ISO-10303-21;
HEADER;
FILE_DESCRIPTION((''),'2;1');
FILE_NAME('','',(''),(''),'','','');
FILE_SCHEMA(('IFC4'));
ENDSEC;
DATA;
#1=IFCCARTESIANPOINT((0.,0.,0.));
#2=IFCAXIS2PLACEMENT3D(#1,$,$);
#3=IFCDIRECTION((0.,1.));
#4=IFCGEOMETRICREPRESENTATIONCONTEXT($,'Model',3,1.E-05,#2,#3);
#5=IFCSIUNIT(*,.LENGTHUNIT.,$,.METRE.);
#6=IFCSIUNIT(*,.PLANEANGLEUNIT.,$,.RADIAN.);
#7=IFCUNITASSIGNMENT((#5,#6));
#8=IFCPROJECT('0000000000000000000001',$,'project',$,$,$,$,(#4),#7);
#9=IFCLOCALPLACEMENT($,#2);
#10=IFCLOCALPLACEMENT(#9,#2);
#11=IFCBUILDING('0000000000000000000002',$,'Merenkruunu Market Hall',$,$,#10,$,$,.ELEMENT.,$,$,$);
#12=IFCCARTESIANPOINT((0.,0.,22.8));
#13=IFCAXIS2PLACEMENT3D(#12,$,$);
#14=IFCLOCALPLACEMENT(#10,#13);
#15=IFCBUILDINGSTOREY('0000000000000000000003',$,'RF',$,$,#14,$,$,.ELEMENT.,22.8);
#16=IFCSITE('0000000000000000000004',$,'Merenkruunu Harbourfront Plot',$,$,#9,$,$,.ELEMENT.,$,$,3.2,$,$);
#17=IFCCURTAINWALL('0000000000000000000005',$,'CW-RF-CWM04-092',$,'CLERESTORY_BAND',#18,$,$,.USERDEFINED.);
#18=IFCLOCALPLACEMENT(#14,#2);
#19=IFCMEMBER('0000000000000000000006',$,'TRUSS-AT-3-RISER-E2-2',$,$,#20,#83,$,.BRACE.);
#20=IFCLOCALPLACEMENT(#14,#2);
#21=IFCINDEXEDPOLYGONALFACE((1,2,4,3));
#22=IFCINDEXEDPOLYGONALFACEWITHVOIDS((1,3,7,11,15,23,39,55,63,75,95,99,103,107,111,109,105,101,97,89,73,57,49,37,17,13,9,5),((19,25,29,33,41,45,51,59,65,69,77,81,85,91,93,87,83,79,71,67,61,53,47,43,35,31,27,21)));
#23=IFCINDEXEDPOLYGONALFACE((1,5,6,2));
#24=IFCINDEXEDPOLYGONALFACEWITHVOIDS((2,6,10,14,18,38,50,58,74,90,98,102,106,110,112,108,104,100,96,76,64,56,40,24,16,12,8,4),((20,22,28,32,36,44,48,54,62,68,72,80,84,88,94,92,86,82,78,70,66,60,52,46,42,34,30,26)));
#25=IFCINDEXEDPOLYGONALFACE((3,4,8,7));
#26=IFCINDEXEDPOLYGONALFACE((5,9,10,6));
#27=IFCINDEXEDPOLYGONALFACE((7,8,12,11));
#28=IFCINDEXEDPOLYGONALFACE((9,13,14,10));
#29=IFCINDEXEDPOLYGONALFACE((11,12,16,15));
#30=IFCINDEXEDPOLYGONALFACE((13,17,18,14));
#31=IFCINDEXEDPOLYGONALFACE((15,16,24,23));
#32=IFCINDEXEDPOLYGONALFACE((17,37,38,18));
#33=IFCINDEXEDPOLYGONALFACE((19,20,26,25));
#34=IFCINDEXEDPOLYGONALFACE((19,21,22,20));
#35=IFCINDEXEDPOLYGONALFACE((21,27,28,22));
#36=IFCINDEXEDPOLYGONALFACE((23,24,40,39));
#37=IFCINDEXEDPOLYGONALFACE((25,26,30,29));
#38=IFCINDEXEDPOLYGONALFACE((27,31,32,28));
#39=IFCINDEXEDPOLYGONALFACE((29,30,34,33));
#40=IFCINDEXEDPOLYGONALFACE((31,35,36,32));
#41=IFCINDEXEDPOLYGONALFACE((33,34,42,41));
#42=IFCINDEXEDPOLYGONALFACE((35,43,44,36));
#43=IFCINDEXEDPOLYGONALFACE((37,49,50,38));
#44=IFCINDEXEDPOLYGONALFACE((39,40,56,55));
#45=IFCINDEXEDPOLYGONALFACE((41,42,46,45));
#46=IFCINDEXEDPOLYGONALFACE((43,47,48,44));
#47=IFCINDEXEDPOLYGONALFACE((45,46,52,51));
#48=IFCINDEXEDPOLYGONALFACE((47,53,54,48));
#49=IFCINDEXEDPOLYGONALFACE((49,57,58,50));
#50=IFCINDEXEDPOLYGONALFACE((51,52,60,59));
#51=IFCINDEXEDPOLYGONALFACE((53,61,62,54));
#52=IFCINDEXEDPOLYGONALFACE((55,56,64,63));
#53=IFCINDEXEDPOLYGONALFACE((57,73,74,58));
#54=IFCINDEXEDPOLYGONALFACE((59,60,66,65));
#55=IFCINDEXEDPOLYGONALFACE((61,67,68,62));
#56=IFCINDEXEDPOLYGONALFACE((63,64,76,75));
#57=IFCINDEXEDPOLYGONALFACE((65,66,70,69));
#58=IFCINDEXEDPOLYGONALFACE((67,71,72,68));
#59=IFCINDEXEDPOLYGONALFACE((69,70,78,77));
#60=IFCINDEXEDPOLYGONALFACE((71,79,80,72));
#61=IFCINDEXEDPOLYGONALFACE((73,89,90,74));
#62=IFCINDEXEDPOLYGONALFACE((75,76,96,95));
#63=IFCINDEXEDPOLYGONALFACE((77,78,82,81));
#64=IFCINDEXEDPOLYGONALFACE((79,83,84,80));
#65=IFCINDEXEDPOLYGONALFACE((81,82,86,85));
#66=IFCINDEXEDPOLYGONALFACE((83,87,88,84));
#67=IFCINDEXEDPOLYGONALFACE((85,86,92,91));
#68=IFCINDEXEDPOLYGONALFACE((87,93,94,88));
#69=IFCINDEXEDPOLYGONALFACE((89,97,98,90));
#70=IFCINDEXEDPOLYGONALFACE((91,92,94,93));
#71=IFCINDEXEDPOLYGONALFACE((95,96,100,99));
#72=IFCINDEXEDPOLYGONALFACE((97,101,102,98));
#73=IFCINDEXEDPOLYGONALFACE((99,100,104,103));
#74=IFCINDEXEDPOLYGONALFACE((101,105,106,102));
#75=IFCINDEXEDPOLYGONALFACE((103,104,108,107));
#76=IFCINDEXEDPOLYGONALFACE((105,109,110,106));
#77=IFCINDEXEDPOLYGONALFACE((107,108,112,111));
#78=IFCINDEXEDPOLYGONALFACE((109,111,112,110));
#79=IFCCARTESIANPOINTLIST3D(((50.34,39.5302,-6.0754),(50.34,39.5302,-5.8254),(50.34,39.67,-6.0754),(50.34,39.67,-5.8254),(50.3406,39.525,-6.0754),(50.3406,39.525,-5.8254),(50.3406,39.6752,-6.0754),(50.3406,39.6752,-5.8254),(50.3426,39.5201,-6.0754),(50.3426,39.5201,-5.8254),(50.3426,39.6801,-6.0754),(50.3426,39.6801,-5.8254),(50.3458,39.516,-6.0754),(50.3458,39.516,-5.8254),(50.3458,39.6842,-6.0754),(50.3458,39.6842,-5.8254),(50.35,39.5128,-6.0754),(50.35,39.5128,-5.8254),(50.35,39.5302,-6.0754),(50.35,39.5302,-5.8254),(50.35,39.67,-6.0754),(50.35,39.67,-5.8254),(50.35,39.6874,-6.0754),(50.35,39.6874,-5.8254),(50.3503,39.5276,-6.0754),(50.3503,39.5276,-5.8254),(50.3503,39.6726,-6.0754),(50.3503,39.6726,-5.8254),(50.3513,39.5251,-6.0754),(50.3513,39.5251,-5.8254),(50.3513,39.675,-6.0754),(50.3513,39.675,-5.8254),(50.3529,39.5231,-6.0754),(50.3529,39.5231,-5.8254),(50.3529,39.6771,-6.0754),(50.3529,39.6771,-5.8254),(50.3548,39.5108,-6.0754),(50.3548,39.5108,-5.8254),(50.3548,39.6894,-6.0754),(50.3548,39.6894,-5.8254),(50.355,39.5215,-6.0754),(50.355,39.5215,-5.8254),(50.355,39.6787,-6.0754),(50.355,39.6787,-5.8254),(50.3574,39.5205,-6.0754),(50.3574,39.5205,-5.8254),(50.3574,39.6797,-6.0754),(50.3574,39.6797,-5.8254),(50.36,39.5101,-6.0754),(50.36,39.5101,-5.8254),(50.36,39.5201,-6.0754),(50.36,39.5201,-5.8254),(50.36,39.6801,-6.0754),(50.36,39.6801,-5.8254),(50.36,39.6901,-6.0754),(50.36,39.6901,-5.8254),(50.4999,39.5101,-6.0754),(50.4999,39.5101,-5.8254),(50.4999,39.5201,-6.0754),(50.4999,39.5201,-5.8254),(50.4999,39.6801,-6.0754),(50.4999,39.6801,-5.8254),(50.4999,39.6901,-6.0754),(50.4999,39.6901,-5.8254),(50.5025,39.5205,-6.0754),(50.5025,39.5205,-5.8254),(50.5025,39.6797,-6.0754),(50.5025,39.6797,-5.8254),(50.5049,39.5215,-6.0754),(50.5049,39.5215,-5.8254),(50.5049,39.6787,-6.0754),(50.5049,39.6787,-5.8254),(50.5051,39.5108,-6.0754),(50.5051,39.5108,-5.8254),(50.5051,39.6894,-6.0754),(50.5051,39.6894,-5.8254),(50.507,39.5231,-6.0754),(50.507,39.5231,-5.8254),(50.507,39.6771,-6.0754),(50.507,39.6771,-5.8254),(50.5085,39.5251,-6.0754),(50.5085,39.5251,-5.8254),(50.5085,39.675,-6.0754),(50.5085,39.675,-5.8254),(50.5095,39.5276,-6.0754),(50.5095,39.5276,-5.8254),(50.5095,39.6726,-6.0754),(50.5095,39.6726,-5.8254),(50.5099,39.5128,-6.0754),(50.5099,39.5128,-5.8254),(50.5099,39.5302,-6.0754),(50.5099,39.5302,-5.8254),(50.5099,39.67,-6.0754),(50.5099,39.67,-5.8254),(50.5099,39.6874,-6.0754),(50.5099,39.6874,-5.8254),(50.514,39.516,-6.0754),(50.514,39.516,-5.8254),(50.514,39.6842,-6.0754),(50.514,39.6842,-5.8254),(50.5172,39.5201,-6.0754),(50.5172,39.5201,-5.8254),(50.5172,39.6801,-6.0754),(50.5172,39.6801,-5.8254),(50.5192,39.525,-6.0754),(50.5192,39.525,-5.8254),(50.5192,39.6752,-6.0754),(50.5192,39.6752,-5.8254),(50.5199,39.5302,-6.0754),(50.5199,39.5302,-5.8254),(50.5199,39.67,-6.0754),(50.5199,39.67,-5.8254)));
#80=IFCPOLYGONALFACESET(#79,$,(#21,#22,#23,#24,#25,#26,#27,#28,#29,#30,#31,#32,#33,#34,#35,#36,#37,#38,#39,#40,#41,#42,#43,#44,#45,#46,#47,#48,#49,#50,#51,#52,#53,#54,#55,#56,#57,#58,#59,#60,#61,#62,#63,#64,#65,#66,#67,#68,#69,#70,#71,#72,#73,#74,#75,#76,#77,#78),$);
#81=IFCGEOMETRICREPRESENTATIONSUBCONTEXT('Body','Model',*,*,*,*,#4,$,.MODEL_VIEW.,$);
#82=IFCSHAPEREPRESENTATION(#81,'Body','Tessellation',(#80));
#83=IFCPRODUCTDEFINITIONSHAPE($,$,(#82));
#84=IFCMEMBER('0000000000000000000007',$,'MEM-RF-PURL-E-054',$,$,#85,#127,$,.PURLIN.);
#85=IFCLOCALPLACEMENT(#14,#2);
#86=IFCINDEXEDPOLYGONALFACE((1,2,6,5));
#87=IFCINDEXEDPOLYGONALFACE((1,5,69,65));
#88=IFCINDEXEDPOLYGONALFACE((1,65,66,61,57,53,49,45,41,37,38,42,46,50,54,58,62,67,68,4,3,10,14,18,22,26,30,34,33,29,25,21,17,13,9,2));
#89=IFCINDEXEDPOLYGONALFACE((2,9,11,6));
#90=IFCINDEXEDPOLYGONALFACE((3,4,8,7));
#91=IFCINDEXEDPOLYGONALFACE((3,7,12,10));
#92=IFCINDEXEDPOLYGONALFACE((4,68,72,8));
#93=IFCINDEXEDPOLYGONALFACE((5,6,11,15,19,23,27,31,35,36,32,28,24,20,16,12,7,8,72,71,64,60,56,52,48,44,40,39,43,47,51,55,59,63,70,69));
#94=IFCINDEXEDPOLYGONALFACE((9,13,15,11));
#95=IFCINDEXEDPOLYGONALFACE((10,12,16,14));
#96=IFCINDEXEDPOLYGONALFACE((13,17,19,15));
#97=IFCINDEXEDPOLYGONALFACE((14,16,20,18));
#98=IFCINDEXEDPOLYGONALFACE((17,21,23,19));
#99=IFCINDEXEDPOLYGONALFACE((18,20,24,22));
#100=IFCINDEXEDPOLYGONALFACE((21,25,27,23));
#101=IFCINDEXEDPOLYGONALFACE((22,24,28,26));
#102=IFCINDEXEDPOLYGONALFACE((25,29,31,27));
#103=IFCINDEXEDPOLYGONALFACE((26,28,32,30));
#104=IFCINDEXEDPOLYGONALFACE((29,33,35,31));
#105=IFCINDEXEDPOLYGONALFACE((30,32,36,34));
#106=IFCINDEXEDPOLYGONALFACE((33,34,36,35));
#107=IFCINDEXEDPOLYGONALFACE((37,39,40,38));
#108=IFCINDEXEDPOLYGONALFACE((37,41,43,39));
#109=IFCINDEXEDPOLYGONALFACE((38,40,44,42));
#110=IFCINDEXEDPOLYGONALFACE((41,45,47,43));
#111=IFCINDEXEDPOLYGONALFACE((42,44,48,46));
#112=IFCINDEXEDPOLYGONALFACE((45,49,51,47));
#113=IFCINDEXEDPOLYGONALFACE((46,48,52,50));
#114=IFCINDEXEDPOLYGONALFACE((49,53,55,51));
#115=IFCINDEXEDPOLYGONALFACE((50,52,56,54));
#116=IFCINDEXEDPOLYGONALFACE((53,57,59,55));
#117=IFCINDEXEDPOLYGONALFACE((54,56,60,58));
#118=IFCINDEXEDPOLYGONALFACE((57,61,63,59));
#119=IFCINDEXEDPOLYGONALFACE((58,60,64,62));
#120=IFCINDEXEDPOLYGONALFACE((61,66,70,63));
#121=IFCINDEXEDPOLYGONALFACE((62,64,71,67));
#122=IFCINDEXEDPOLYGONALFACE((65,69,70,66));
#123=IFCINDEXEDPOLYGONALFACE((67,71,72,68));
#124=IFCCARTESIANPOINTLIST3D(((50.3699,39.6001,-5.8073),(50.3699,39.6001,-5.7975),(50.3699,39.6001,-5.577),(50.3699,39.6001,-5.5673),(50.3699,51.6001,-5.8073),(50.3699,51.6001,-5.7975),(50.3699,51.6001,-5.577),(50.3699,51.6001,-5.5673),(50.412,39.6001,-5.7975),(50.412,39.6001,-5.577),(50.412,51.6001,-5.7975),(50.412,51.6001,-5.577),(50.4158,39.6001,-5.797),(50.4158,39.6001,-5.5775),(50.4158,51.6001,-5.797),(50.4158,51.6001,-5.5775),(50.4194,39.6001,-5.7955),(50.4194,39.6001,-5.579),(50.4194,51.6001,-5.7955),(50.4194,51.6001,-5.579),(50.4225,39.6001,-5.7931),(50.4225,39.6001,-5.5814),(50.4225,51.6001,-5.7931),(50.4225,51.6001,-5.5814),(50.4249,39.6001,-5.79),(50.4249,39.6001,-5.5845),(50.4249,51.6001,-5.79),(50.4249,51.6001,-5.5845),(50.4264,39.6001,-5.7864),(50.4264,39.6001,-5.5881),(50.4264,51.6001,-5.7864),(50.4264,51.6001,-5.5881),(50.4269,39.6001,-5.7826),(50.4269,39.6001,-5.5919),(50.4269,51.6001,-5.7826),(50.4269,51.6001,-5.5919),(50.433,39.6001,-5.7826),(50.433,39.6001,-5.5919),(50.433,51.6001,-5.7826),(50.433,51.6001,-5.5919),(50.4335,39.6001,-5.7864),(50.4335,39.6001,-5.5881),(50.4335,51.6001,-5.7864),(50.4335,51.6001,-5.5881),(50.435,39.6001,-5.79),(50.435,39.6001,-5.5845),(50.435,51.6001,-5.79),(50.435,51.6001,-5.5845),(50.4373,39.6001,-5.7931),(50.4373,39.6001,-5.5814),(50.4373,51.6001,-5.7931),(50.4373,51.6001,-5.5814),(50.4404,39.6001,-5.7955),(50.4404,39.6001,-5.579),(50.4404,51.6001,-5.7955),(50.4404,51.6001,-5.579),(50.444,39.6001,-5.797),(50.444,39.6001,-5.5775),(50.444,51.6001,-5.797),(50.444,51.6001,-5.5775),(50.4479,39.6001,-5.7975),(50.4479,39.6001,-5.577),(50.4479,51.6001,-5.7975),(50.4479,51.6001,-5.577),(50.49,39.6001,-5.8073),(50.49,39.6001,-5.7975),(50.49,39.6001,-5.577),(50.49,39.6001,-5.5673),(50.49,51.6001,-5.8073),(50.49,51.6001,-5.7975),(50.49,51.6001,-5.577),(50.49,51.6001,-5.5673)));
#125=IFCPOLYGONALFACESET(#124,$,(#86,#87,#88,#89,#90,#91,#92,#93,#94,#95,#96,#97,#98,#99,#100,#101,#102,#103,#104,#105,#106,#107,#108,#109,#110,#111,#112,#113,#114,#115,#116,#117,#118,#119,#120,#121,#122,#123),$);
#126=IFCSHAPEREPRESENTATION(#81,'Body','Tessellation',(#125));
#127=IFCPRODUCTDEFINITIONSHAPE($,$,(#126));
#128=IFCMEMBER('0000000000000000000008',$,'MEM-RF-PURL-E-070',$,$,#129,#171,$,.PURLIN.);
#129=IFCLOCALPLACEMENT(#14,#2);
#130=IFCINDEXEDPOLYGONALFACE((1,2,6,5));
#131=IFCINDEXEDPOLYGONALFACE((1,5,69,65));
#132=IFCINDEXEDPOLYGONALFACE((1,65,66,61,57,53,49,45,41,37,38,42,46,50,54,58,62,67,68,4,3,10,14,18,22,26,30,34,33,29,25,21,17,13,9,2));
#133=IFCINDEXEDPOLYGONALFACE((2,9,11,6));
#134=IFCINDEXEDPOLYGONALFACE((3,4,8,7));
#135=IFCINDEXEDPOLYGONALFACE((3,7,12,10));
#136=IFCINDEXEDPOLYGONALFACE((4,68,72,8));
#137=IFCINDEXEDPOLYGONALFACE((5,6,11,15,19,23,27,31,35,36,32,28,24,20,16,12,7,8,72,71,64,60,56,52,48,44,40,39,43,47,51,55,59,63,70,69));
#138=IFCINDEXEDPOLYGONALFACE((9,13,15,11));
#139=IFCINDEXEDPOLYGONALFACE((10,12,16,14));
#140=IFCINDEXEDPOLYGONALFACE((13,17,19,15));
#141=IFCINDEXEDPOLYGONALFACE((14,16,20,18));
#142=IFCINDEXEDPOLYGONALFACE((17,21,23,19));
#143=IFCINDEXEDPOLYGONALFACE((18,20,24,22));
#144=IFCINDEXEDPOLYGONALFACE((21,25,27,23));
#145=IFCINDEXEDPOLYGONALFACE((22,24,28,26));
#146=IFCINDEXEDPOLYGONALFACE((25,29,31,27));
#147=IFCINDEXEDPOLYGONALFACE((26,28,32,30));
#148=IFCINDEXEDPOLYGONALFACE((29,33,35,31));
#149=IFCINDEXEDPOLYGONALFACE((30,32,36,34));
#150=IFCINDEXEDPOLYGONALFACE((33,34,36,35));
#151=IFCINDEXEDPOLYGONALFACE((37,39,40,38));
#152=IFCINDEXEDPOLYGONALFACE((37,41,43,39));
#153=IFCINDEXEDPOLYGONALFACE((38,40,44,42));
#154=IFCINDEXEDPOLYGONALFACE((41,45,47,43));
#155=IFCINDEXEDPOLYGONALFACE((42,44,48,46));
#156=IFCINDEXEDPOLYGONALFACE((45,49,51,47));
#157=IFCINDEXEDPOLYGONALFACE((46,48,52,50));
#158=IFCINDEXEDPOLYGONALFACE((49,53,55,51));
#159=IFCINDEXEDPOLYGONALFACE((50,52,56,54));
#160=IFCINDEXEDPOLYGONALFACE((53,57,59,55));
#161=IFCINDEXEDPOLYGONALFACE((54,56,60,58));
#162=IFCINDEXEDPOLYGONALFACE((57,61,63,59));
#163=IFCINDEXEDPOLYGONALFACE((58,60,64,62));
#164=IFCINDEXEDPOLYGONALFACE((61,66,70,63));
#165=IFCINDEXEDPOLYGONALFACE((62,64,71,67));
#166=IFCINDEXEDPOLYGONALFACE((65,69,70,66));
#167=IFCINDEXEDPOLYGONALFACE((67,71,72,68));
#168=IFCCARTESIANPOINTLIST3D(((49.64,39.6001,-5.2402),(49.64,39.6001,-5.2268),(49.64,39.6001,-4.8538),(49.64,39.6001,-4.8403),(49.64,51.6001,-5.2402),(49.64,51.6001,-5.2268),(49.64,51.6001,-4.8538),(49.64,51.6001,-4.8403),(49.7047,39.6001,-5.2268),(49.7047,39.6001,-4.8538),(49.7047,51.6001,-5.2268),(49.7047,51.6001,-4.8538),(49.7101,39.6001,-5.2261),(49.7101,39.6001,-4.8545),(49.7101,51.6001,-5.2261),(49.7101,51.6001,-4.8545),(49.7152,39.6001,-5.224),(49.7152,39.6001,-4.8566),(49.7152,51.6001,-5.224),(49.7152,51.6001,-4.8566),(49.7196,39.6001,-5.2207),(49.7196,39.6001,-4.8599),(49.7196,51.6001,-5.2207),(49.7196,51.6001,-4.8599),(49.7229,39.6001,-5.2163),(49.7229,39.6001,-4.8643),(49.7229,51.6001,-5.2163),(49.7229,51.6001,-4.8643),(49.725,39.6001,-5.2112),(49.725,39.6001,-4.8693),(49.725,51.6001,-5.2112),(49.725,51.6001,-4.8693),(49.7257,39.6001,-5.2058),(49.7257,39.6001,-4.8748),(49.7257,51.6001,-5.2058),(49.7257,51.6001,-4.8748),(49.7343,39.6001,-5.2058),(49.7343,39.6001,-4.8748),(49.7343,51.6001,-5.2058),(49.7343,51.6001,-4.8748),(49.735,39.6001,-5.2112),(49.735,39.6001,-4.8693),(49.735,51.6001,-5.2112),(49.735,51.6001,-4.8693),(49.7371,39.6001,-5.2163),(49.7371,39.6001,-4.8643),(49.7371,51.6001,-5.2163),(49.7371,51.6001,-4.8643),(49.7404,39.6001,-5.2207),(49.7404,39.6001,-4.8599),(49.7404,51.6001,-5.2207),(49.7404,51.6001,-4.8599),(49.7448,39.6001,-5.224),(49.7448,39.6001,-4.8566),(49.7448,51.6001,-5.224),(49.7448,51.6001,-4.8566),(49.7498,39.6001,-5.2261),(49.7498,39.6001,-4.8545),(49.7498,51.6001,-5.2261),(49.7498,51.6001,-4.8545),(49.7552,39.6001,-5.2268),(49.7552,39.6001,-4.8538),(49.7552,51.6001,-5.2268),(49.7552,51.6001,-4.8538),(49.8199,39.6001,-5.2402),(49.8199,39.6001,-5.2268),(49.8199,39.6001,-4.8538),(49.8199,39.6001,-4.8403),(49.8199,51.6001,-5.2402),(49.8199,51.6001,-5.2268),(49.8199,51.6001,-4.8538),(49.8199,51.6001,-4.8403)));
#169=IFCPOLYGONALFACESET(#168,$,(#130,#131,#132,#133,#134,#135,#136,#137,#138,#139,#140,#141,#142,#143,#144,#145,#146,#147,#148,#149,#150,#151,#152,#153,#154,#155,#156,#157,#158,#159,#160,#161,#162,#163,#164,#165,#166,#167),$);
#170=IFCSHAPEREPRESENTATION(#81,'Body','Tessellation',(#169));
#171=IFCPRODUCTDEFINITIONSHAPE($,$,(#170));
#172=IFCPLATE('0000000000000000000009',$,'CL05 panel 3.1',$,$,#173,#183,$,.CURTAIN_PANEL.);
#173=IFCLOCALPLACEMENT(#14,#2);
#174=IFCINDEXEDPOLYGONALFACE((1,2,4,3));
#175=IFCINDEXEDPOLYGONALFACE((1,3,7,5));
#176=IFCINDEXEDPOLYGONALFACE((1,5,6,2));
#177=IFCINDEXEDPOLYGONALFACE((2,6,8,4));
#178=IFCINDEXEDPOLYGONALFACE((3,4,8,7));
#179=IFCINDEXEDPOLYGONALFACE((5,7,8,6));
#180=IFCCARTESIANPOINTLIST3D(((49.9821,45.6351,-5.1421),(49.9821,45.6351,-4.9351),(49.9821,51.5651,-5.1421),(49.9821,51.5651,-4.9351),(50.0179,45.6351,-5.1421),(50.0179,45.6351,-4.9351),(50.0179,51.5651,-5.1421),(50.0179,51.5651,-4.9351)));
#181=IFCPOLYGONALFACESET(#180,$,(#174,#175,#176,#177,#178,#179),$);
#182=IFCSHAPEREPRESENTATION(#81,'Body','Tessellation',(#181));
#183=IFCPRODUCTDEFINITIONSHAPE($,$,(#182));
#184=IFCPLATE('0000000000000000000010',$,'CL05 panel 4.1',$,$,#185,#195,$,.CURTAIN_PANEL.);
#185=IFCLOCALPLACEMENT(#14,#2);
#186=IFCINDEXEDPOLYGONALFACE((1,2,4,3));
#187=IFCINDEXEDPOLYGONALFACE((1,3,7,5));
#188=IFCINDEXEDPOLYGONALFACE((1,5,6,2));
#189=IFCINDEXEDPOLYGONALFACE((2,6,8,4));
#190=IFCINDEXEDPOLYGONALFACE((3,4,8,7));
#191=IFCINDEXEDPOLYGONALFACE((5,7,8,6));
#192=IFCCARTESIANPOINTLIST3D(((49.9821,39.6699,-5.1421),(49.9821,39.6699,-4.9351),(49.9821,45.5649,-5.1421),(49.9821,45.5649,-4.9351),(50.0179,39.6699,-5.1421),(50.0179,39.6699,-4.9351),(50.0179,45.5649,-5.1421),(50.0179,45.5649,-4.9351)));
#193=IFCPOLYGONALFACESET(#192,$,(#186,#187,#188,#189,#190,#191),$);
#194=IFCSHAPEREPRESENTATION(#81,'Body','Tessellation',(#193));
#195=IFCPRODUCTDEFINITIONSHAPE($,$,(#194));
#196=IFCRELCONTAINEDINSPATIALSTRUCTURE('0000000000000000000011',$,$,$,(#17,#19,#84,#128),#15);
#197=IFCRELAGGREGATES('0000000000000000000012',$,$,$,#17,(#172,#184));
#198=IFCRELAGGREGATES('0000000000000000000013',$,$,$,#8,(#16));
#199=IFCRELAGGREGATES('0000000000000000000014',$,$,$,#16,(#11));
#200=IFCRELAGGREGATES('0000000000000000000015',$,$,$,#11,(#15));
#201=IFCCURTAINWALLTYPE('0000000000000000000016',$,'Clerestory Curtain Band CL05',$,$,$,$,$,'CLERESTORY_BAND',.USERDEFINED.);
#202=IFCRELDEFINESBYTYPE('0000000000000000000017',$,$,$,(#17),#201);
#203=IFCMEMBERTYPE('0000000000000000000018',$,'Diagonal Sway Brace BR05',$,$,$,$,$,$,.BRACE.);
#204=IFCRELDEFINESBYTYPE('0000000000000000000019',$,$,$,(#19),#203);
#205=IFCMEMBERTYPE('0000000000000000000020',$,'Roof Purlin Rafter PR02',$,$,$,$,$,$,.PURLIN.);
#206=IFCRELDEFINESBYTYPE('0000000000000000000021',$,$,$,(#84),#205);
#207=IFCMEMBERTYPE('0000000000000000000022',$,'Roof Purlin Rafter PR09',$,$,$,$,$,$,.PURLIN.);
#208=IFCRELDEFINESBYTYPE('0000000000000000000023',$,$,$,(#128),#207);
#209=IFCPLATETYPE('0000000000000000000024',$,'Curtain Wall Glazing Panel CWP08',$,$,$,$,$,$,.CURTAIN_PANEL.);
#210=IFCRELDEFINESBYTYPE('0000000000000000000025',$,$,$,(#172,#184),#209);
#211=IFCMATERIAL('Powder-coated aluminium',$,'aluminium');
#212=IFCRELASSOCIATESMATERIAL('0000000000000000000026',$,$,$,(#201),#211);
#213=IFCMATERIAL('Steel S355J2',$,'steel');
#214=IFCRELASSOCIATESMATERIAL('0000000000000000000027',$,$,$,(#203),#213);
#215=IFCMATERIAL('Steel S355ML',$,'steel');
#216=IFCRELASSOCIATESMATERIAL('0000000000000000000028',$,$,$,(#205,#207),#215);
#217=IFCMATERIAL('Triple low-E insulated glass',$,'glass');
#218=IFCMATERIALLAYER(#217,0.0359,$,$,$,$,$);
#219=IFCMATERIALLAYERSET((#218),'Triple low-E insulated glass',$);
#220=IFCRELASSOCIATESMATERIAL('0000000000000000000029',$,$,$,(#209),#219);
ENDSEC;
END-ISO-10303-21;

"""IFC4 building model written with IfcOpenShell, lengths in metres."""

from ifc_helpers import new_model, si_unit, direction, frame, origin, origin_2d, place, context, subcontext, project, spatial, rectangle, hollow_rectangle, i_section, extrude, material, layer, layer_set, material_profile, profile_set, type_object, element, aggregate, save


model = new_model("IFC4")

# Units and contexts
model_context = context("Model", 3, precision=1e-05, world=origin(), true_north=direction((0.0, 1.0)))
body_context = subcontext(model_context, "Body", "Model", "MODEL_VIEW")
ifc_project = project(units=[si_unit("LENGTHUNIT", "METRE"), si_unit("PLANEANGLEUNIT", "RADIAN")], contexts=[model_context])

# Site, building, storey
site_placement = place(None, origin())
site = spatial("IfcSite", under=ifc_project, at=site_placement, Name="Merenkruunu Harbourfront Plot", CompositionType="ELEMENT", RefElevation=3.2)
building_placement = place(site_placement, origin())
building = spatial("IfcBuilding", under=site, at=building_placement, Name="Merenkruunu Market Hall", CompositionType="ELEMENT")
storey_placement = place(building_placement, frame((0.0, 0.0, 22.8)))
storey = spatial("IfcBuildingStorey", under=building, at=storey_placement, Name="RF", CompositionType="ELEMENT", Elevation=22.8)

# Shared definitions
ifc_material_1 = material(Name="Steel S355ML", Category="steel")

# Curtain wall
ifc_material_2 = material(Name="Powder-coated aluminium", Category="aluminium")
curtain_wall_type = type_object("IfcCurtainWallType", Name="Clerestory Curtain Band CL05", ElementType="CLERESTORY_BAND", PredefinedType="USERDEFINED", material=ifc_material_2)
curtain_wall_1_placement = place(storey_placement, origin())
curtain_wall_1 = element("IfcCurtainWall", 1, at=curtain_wall_1_placement, inside=storey, type_object=curtain_wall_type, Name="CW-RF-CWM04-092", ObjectType="CLERESTORY_BAND", PredefinedType="USERDEFINED")

# Members
ifc_material_3 = material(Name="Steel S355J2", Category="steel")
ifc_material_profile_1 = material_profile(ifc_material_3, hollow_rectangle(XDim=0.1799, YDim=0.1799, WallThickness=0.01, InnerFilletRadius=0.01, OuterFilletRadius=0.02, at=origin_2d()), Name="SHS 180x180x10")
ifc_profile_set_1 = profile_set([ifc_material_profile_1], Name="Steel S355J2")
member_type_1 = type_object("IfcMemberType", Name="Diagonal Sway Brace BR05", PredefinedType="BRACE", material=ifc_profile_set_1)
member_1_placement = place(storey_placement, frame((50.4299, 39.6001, -6.0754), z_axis=(0.0, 0.0, 1.0), x_axis=(1.0, 0.0, 0.0)))
element("IfcMember", 2, at=member_1_placement, inside=storey, type_object=member_type_1, Name="TRUSS-AT-3-RISER-E2-2", PredefinedType="BRACE", context=body_context, shape_type="SweptSolid", body=[
    extrude(hollow_rectangle(XDim=0.1799, YDim=0.1799, WallThickness=0.01, InnerFilletRadius=0.01, OuterFilletRadius=0.02, at=origin_2d()), origin(), (0.0, 0.0, 1.0), 0.25),
])
ifc_material_profile_2 = material_profile(ifc_material_1, i_section(OverallWidth=0.1201, OverallDepth=0.24, WebThickness=0.0061, FlangeThickness=0.0098, FilletRadius=0.0149, at=origin_2d()), Name="IPE 240")
ifc_profile_set_2 = profile_set([ifc_material_profile_2], Name="Steel S355ML")
member_type_2 = type_object("IfcMemberType", Name="Roof Purlin Rafter PR02", PredefinedType="PURLIN", material=ifc_profile_set_2)
member_2_placement = place(storey_placement, frame((50.4299, 39.6001, -5.6873), z_axis=(0.0, 1.0, 0.0), x_axis=(-1.0, 0.0, 0.0)))
element("IfcMember", 3, at=member_2_placement, inside=storey, type_object=member_type_2, Name="MEM-RF-PURL-E-054", PredefinedType="PURLIN", context=body_context, shape_type="SweptSolid", body=[
    extrude(i_section(OverallWidth=0.1201, OverallDepth=0.24, WebThickness=0.0061, FlangeThickness=0.0098, FilletRadius=0.0149, at=origin_2d()), origin(), (0.0, 0.0, 1.0), 12.0),
])
ifc_material_profile_3 = material_profile(ifc_material_1, i_section(OverallWidth=0.1799, OverallDepth=0.3999, WebThickness=0.0085, FlangeThickness=0.0134, FilletRadius=0.021, at=origin_2d()), Name="IPE 400")
ifc_profile_set_3 = profile_set([ifc_material_profile_3], Name="Steel S355ML")
member_type_3 = type_object("IfcMemberType", Name="Roof Purlin Rafter PR09", PredefinedType="PURLIN", material=ifc_profile_set_3)
member_3_placement = place(storey_placement, frame((49.73, 39.6001, -5.0403), z_axis=(0.0, 1.0, 0.0), x_axis=(-1.0, 0.0, 0.0)))
element("IfcMember", 4, at=member_3_placement, inside=storey, type_object=member_type_3, Name="MEM-RF-PURL-E-070", PredefinedType="PURLIN", context=body_context, shape_type="SweptSolid", body=[
    extrude(i_section(OverallWidth=0.1799, OverallDepth=0.3999, WebThickness=0.0085, FlangeThickness=0.0134, FilletRadius=0.021, at=origin_2d()), origin(), (0.0, 0.0, 1.0), 12.0),
])

# Plates
ifc_material_4 = material(Name="Triple low-E insulated glass", Category="glass")
ifc_layer_1 = layer(ifc_material_4, 0.0359)
ifc_layer_set_1 = layer_set([ifc_layer_1], Name="Triple low-E insulated glass")
plate_type_1 = type_object("IfcPlateType", Name="Curtain Wall Glazing Panel CWP08", PredefinedType="CURTAIN_PANEL", material=ifc_layer_set_1)
plate_1_placement = place(storey_placement, frame((50.0, 48.6001, -5.1421), z_axis=(0.0, 0.0, 1.0), x_axis=(0.0, -1.0, 0.0)))
plate_1 = element("IfcPlate", 5, at=plate_1_placement, type_object=plate_type_1, Name="CL05 panel 3.1", PredefinedType="CURTAIN_PANEL", context=body_context, shape_type="SweptSolid", body=[
    extrude(rectangle(XDim=5.9299, YDim=0.0359, at=origin_2d()), origin(), (0.0, 0.0, 1.0), 0.207),
])
plate_2_placement = place(storey_placement, frame((50.0, 42.6174, -5.1421), z_axis=(0.0, 0.0, 1.0), x_axis=(0.0, -1.0, 0.0)))
plate_2 = element("IfcPlate", 6, at=plate_2_placement, type_object=plate_type_1, Name="CL05 panel 4.1", PredefinedType="CURTAIN_PANEL", context=body_context, shape_type="SweptSolid", body=[
    extrude(rectangle(XDim=5.895, YDim=0.0359, at=origin_2d()), origin(), (0.0, 0.0, 1.0), 0.207),
])
aggregate(curtain_wall_1, [plate_1, plate_2])

save(model, "model.ifc")
